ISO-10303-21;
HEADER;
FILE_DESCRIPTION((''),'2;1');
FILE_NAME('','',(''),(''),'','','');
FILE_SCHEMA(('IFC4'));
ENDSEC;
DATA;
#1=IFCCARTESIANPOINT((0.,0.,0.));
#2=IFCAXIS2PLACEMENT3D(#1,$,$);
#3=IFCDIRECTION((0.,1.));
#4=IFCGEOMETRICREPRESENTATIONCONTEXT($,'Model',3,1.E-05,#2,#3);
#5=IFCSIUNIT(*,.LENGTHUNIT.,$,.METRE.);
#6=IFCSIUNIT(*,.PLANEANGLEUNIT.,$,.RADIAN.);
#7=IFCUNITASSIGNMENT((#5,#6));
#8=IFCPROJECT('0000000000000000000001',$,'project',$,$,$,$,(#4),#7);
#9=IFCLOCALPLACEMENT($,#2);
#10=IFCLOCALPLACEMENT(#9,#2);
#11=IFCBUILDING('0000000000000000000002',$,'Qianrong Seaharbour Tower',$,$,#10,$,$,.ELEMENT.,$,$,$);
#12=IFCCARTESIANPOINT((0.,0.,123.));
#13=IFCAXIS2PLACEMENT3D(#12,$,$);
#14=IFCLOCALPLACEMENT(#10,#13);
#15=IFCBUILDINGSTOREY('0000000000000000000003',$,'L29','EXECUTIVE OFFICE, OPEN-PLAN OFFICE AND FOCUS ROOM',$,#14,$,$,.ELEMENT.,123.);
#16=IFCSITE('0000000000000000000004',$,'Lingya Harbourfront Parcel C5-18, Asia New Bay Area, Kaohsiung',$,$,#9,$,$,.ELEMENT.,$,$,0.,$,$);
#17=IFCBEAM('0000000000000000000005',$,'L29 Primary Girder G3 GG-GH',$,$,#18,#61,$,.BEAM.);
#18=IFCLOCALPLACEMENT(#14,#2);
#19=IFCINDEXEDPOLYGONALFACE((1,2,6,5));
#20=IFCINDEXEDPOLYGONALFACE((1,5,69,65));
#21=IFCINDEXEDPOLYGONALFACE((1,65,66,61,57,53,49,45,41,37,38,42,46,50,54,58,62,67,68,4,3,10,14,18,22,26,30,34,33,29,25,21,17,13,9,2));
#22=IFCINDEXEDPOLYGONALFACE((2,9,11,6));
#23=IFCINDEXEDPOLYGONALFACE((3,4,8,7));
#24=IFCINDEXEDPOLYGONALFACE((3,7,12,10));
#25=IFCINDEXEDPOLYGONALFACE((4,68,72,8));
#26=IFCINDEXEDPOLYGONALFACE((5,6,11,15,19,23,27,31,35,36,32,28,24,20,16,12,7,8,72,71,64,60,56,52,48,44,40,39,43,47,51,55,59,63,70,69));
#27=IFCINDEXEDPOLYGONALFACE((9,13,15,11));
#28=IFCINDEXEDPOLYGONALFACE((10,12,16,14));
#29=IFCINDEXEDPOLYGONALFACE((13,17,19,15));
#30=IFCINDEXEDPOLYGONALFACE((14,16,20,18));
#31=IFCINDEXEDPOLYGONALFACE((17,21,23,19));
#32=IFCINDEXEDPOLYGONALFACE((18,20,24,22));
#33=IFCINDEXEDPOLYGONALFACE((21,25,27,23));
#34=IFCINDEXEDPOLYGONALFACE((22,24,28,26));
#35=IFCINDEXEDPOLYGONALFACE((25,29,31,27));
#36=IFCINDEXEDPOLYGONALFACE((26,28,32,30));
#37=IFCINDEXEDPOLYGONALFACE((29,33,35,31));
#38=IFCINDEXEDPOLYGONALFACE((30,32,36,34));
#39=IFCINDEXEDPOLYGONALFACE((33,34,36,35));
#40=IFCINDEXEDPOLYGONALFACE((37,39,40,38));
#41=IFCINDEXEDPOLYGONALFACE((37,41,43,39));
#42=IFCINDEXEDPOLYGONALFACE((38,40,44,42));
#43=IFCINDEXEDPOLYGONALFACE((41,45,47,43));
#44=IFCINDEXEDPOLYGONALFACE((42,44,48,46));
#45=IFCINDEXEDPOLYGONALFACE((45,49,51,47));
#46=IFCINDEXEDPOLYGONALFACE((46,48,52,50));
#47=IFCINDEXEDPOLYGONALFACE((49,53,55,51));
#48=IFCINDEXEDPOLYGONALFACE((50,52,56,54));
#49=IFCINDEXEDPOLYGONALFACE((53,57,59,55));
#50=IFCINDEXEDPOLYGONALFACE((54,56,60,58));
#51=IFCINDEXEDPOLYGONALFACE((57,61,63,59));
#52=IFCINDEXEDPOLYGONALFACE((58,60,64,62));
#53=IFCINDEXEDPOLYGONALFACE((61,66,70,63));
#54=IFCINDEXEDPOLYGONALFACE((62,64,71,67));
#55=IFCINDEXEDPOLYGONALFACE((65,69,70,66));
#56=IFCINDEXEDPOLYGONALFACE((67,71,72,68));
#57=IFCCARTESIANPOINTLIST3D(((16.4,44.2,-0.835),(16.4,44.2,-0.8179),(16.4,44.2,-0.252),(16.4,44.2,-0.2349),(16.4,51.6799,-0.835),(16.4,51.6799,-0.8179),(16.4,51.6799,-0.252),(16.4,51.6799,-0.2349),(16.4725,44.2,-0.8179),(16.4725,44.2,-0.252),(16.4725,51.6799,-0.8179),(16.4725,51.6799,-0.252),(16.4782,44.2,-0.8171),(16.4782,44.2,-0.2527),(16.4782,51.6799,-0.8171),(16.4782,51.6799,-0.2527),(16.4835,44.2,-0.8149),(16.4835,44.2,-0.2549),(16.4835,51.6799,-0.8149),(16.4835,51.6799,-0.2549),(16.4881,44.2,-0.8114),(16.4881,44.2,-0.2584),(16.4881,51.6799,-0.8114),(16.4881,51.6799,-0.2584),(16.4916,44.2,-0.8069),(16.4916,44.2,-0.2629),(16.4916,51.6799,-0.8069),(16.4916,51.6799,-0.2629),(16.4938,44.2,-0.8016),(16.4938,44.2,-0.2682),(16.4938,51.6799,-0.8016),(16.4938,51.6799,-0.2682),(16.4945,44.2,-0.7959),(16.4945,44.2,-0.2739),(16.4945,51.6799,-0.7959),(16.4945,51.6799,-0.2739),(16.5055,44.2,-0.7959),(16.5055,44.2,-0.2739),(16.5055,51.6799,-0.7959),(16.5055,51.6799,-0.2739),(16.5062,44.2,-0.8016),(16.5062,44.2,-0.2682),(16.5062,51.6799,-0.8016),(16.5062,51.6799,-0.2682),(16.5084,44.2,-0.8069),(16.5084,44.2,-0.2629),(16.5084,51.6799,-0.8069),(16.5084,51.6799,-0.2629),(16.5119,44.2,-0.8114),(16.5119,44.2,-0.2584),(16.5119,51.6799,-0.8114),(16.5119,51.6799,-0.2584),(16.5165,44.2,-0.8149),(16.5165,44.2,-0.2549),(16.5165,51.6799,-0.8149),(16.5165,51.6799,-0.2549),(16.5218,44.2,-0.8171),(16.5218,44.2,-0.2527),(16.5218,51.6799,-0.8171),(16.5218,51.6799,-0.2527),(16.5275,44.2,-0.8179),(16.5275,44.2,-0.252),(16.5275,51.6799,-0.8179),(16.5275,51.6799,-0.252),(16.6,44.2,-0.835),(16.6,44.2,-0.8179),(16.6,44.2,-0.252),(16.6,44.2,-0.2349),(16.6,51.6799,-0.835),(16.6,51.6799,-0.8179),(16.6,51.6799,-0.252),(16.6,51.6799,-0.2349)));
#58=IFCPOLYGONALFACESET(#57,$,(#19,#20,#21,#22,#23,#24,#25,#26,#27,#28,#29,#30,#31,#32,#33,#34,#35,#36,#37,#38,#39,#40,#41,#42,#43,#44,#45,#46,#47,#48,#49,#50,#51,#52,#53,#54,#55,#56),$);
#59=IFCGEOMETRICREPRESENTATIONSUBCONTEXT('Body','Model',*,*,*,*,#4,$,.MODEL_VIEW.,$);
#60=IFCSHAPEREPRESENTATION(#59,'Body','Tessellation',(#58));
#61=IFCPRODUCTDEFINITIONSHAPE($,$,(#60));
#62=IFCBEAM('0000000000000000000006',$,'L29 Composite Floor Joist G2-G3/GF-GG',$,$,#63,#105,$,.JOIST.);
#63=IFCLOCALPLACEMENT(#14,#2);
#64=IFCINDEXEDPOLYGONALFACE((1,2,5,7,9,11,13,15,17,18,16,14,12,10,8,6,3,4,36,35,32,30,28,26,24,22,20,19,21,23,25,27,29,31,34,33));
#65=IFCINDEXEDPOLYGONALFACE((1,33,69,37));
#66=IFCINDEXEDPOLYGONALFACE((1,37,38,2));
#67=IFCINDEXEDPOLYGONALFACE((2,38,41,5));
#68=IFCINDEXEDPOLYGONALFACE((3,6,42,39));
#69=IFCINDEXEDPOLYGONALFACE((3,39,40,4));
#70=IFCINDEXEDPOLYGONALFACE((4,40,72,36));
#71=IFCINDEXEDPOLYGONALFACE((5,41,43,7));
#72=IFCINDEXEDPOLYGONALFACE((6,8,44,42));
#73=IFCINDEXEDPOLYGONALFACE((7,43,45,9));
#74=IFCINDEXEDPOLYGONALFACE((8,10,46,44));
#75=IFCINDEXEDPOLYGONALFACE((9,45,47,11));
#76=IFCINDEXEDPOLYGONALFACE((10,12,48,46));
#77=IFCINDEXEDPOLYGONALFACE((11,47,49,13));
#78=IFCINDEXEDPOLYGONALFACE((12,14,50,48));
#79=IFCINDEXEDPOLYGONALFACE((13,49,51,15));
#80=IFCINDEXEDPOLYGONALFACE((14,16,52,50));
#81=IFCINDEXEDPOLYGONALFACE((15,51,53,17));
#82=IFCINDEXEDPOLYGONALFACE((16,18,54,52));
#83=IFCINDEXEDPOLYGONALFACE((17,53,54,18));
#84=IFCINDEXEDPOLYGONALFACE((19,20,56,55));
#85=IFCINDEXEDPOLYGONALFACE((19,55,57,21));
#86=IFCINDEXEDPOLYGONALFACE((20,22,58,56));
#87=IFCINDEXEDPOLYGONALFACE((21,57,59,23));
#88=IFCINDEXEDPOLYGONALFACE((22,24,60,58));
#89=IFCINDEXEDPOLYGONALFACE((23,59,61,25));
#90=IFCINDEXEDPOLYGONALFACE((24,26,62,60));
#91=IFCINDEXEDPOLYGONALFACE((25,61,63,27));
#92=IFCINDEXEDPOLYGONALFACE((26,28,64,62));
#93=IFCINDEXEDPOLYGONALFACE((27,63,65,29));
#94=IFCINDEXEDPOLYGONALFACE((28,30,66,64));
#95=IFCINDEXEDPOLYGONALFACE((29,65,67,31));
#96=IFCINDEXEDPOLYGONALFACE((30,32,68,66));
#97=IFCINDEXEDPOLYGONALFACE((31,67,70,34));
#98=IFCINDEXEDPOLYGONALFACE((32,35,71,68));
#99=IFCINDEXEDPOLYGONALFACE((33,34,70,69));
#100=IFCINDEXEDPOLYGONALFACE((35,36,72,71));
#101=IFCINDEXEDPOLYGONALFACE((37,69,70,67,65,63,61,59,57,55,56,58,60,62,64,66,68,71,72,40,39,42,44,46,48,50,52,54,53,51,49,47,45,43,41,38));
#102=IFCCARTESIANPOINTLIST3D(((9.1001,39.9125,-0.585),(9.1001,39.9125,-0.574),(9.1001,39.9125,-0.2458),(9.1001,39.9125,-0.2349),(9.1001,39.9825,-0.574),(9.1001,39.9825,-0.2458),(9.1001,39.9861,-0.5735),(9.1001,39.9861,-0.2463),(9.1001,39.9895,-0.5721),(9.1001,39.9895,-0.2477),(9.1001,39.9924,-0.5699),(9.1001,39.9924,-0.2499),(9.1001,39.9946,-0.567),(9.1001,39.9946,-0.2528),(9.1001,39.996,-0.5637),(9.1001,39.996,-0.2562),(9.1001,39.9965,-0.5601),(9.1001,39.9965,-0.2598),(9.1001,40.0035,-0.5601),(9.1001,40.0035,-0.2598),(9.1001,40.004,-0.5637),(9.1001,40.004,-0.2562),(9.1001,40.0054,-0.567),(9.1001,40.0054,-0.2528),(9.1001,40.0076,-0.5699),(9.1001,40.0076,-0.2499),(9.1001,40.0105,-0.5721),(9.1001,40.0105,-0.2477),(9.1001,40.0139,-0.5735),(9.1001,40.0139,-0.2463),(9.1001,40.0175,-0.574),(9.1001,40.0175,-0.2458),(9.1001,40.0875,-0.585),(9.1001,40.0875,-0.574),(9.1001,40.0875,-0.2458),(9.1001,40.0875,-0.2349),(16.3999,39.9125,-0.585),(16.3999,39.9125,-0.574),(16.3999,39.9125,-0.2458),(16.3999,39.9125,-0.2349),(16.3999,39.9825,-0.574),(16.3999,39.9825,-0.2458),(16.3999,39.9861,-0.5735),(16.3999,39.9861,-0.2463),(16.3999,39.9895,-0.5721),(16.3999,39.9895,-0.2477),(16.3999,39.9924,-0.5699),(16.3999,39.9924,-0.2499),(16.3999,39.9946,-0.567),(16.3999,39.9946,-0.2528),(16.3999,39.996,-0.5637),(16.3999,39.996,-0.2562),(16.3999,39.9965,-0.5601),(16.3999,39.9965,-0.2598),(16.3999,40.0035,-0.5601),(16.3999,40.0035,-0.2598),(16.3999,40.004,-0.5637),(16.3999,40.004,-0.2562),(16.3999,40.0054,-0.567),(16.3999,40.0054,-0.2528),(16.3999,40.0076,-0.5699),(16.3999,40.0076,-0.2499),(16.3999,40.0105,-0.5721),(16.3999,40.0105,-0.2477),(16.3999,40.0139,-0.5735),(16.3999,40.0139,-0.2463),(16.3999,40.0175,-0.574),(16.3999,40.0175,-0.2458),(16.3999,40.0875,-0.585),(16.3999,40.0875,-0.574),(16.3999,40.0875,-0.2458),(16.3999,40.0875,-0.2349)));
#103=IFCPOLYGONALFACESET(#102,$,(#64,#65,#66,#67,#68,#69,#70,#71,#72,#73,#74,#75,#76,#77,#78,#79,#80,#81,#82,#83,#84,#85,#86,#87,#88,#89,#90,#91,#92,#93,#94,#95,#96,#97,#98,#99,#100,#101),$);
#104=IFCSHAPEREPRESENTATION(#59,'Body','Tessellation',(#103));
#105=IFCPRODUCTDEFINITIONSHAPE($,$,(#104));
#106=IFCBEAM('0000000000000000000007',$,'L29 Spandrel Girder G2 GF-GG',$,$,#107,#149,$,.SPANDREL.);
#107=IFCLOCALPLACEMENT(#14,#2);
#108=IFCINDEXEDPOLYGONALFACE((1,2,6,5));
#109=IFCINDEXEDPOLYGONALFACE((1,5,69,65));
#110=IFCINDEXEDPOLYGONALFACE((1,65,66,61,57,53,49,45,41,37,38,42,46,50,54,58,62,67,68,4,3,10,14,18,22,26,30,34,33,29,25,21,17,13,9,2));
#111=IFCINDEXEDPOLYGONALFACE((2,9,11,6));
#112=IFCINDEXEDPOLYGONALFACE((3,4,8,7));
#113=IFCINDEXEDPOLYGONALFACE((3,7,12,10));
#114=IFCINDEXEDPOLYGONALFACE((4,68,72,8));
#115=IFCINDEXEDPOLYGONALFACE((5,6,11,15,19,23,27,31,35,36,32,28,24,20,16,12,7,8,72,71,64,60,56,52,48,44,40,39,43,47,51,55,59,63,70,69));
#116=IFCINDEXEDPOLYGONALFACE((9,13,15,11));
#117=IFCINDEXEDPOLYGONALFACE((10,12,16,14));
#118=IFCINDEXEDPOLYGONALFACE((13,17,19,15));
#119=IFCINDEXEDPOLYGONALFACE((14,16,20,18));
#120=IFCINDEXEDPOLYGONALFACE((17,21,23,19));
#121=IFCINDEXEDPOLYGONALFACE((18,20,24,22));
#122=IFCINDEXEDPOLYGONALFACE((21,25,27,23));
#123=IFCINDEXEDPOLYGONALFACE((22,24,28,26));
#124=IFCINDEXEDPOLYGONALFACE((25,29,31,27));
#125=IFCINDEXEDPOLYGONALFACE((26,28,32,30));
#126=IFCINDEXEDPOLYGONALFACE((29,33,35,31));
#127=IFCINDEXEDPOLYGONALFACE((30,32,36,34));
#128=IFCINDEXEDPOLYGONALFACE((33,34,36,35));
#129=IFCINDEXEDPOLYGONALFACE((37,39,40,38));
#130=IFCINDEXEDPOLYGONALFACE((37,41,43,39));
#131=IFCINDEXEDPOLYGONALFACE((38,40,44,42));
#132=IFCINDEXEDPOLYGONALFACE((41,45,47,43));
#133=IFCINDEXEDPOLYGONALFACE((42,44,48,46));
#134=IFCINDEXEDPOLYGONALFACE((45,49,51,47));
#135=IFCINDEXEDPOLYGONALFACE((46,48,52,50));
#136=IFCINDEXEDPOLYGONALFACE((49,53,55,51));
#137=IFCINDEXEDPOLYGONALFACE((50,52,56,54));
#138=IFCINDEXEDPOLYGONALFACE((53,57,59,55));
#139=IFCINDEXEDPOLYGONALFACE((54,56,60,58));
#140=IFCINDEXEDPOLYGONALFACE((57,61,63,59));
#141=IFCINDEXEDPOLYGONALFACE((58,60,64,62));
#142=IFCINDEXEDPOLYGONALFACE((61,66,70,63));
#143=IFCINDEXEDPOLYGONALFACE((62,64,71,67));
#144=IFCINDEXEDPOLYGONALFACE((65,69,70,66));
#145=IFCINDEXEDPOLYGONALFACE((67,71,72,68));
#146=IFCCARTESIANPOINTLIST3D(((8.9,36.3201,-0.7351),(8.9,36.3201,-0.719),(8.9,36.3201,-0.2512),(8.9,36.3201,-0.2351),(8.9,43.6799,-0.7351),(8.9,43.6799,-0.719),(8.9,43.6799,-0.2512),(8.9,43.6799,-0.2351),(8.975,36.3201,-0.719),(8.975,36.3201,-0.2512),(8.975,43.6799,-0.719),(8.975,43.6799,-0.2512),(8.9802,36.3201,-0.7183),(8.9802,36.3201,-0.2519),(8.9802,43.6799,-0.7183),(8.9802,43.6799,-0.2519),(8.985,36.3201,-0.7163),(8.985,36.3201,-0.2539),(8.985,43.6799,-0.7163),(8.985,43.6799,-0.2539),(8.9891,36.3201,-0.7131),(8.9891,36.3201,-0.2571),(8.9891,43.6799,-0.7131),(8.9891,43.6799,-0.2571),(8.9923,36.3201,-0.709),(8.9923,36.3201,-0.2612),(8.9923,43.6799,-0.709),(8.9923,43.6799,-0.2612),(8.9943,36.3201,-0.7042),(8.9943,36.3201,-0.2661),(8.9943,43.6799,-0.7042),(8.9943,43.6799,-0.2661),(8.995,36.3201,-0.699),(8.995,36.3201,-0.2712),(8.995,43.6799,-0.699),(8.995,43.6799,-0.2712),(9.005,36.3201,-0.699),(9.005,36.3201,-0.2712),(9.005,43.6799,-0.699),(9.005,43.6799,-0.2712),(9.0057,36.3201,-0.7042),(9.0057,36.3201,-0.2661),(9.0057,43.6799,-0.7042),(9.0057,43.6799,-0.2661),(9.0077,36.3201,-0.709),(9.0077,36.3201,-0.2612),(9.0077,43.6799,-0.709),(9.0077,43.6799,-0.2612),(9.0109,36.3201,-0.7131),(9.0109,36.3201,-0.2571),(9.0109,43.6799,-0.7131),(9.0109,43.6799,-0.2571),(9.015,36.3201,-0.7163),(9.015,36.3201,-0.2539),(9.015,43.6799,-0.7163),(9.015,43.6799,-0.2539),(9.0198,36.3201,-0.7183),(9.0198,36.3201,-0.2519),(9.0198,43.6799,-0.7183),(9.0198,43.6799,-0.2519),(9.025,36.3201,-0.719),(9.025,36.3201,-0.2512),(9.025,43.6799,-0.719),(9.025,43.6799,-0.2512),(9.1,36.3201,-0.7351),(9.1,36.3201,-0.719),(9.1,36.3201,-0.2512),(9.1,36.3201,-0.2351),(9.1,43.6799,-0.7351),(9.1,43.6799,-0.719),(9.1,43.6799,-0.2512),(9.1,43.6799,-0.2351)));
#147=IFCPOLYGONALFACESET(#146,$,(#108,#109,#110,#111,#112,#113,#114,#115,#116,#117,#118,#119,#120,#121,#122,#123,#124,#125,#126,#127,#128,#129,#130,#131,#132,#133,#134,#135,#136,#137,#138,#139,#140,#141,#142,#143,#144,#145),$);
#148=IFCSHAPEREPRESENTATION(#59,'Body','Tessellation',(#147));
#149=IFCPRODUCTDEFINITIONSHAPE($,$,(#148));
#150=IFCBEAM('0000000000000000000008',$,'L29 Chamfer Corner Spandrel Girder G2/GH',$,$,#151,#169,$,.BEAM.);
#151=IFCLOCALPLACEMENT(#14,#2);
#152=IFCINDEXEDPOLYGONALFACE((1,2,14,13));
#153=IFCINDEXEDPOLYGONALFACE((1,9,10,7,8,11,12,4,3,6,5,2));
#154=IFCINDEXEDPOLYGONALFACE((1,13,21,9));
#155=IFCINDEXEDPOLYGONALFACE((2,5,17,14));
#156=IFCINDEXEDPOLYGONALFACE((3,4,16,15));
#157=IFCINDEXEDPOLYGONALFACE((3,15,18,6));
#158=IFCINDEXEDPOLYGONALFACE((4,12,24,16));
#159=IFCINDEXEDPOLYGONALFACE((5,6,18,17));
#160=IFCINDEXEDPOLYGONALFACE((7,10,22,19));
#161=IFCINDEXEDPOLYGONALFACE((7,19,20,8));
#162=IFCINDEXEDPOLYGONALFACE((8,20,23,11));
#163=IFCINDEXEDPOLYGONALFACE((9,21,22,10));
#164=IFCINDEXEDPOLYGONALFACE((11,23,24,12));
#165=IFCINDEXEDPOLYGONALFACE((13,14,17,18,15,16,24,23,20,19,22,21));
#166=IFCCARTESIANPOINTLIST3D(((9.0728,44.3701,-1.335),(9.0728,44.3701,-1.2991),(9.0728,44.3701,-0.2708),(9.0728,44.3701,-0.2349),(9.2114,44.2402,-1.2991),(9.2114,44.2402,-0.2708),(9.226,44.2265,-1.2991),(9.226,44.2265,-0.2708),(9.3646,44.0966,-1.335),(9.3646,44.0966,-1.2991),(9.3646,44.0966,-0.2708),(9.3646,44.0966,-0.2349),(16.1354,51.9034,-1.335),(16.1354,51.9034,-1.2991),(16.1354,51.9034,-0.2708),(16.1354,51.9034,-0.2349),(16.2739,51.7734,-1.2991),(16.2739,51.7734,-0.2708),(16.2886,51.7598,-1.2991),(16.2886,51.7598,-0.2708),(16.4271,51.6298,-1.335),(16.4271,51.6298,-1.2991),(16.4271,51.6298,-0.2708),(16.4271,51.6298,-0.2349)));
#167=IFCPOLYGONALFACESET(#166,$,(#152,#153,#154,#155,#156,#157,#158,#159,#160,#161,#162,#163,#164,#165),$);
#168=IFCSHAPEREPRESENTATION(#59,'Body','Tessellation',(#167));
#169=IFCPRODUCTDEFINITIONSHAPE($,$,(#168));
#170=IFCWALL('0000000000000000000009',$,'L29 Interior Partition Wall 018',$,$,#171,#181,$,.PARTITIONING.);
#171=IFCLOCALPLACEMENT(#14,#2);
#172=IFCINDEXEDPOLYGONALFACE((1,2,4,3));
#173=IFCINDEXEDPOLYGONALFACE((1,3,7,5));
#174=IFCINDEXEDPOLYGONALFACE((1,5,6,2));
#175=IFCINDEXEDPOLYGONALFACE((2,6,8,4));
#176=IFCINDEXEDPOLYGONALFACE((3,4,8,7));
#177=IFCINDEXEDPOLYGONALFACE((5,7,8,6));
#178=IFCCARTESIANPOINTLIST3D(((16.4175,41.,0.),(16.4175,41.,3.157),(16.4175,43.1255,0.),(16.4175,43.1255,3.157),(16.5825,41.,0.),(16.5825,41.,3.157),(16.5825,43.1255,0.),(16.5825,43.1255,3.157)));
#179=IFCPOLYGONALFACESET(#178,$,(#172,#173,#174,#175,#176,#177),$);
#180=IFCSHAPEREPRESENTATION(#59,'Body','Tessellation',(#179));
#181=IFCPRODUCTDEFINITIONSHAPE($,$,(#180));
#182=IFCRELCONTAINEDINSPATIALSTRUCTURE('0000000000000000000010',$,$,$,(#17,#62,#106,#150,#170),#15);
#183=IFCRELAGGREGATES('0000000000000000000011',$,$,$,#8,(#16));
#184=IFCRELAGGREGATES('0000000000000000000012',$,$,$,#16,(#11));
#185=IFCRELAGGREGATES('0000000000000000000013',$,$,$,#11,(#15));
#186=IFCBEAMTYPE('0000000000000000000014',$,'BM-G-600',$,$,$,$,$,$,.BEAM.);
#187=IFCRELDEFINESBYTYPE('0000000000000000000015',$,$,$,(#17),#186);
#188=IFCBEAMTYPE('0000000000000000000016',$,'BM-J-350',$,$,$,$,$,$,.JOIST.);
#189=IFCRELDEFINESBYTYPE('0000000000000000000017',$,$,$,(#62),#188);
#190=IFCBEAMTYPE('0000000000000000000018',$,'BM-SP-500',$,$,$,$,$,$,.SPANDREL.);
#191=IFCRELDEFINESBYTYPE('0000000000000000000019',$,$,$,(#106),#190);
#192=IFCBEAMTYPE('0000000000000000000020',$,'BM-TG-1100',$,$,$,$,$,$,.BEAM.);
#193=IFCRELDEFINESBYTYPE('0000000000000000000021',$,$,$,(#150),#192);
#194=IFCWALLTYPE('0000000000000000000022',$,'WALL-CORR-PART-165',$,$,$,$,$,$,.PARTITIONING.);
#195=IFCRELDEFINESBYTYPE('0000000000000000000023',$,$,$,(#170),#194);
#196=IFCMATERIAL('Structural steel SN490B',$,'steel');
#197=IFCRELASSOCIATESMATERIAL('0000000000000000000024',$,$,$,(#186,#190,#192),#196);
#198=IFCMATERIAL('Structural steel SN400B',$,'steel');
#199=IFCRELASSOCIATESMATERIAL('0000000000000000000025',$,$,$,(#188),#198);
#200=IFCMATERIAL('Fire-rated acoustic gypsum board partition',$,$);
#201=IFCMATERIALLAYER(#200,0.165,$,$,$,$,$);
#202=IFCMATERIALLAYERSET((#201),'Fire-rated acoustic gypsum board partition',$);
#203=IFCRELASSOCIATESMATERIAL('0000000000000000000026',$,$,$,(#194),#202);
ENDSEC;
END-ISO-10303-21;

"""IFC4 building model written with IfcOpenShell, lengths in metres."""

from ifc_helpers import new_model, si_unit, direction, frame, frame_2d, origin, origin_2d, place, context, subcontext, project, spatial, rectangle, i_section, extrude, material, layer, layer_set, material_profile, profile_set, type_object, element, save


model = new_model("IFC4")

# Units and contexts
model_context = context("Model", 3, precision=1e-05, world=origin(), true_north=direction((0.0, 1.0)))
body_context = subcontext(model_context, "Body", "Model", "MODEL_VIEW")
ifc_project = project(units=[si_unit("LENGTHUNIT", "METRE"), si_unit("PLANEANGLEUNIT", "RADIAN")], contexts=[model_context])

# Site, building, storey
site_placement = place(None, origin())
site = spatial("IfcSite", under=ifc_project, at=site_placement, Name="Lingya Harbourfront Parcel C5-18, Asia New Bay Area, Kaohsiung", CompositionType="ELEMENT", RefElevation=0.0)
building_placement = place(site_placement, origin())
building = spatial("IfcBuilding", under=site, at=building_placement, Name="Qianrong Seaharbour Tower", CompositionType="ELEMENT")
storey_placement = place(building_placement, frame((0.0, 0.0, 123.0)))
storey = spatial("IfcBuildingStorey", under=building, at=storey_placement, Name="L29", Description="EXECUTIVE OFFICE, OPEN-PLAN OFFICE AND FOCUS ROOM", CompositionType="ELEMENT", Elevation=123.0)

# Shared definitions
ifc_material_1 = material(Name="Structural steel SN490B", Category="steel")

# Beams
ifc_material_profile_1 = material_profile(ifc_material_1, i_section(OverallWidth=0.2, OverallDepth=0.6001, WebThickness=0.011, FlangeThickness=0.0171, FilletRadius=0.022, at=origin_2d()), Name="H600x200x11x17")
ifc_profile_set_1 = profile_set([ifc_material_profile_1], Name="Structural steel SN490B")
beam_type_1 = type_object("IfcBeamType", Name="BM-G-600", PredefinedType="BEAM", material=ifc_profile_set_1)
beam_1_placement = place(storey_placement, frame((16.5, 44.2, -0.5349), z_axis=(0.0, 1.0, 0.0), x_axis=(-1.0, 0.0, 0.0)))
element("IfcBeam", 1, at=beam_1_placement, inside=storey, type_object=beam_type_1, Name="L29 Primary Girder G3 GG-GH", PredefinedType="BEAM", context=body_context, shape_type="SweptSolid", body=[
    extrude(i_section(OverallWidth=0.2, OverallDepth=0.6001, WebThickness=0.011, FlangeThickness=0.0171, FilletRadius=0.022, at=origin_2d()), origin(), (0.0, 0.0, 1.0), 7.48),
])
ifc_material_2 = material(Name="Structural steel SN400B", Category="steel")
ifc_material_profile_2 = material_profile(ifc_material_2, i_section(OverallWidth=0.175, OverallDepth=0.3501, WebThickness=0.0071, FlangeThickness=0.011, FilletRadius=0.0139, at=origin_2d()), Name="H350x175x7x11")
ifc_profile_set_2 = profile_set([ifc_material_profile_2], Name="Structural steel SN400B")
beam_type_2 = type_object("IfcBeamType", Name="BM-J-350", PredefinedType="JOIST", material=ifc_profile_set_2)
beam_2_placement = place(storey_placement, frame((9.1001, 40.0, -0.4099), z_axis=(1.0, 0.0, 0.0), x_axis=(0.0, 1.0, 0.0)))
element("IfcBeam", 2, at=beam_2_placement, inside=storey, type_object=beam_type_2, Name="L29 Composite Floor Joist G2-G3/GF-GG", PredefinedType="JOIST", context=body_context, shape_type="SweptSolid", body=[
    extrude(i_section(OverallWidth=0.175, OverallDepth=0.3501, WebThickness=0.0071, FlangeThickness=0.011, FilletRadius=0.0139, at=origin_2d()), origin(), (0.0, 0.0, 1.0), 7.2998),
])
ifc_material_profile_3 = material_profile(ifc_material_1, i_section(OverallWidth=0.2, OverallDepth=0.5, WebThickness=0.01, FlangeThickness=0.0161, FilletRadius=0.02, at=origin_2d()), Name="H500x200x10x16")
ifc_profile_set_3 = profile_set([ifc_material_profile_3], Name="Structural steel SN490B")
beam_type_3 = type_object("IfcBeamType", Name="BM-SP-500", PredefinedType="SPANDREL", material=ifc_profile_set_3)
beam_3_placement = place(storey_placement, frame((9.0, 36.3201, -0.4851), z_axis=(0.0, 1.0, 0.0), x_axis=(-1.0, 0.0, 0.0)))
element("IfcBeam", 3, at=beam_3_placement, inside=storey, type_object=beam_type_3, Name="L29 Spandrel Girder G2 GF-GG", PredefinedType="SPANDREL", context=body_context, shape_type="SweptSolid", body=[
    extrude(i_section(OverallWidth=0.2, OverallDepth=0.5, WebThickness=0.01, FlangeThickness=0.0161, FilletRadius=0.02, at=origin_2d()), origin(), (0.0, 0.0, 1.0), 7.3599),
])
ifc_material_profile_4 = material_profile(ifc_material_1, i_section(OverallWidth=0.3999, OverallDepth=1.1001, WebThickness=0.02, FlangeThickness=0.0359, at=origin_2d()), Name="BH1100x400x20x36")
ifc_profile_set_4 = profile_set([ifc_material_profile_4], Name="Structural steel SN490B")
beam_type_4 = type_object("IfcBeamType", Name="BM-TG-1100", PredefinedType="BEAM", material=ifc_profile_set_4)
beam_4_placement = place(storey_placement, frame((16.2812, 51.7666, -0.7849), z_axis=(-0.683947, -0.729531, 0.0), x_axis=(0.729531, -0.683947, 0.0)))
element("IfcBeam", 4, at=beam_4_placement, inside=storey, type_object=beam_type_4, Name="L29 Chamfer Corner Spandrel Girder G2/GH", PredefinedType="BEAM", context=body_context, shape_type="SweptSolid", body=[
    extrude(i_section(OverallWidth=0.3999, OverallDepth=1.1001, WebThickness=0.02, FlangeThickness=0.0359, at=origin_2d()), origin(), (0.0, 0.0, 1.0), 10.3262),
])

# Wall
ifc_material_3 = material(Name="Fire-rated acoustic gypsum board partition")
ifc_layer_1 = layer(ifc_material_3, 0.165)
ifc_layer_set_1 = layer_set([ifc_layer_1], Name="Fire-rated acoustic gypsum board partition")
wall_type_1 = type_object("IfcWallType", Name="WALL-CORR-PART-165", PredefinedType="PARTITIONING", material=ifc_layer_set_1)
wall_1_placement = place(storey_placement, frame((16.5, 41.0, 0.0), z_axis=(0.0, 0.0, 1.0), x_axis=(0.0, 1.0, 0.0)))
element("IfcWall", 5, at=wall_1_placement, inside=storey, type_object=wall_type_1, Name="L29 Interior Partition Wall 018", PredefinedType="PARTITIONING", context=body_context, shape_type="SweptSolid", body=[
    extrude(rectangle(XDim=2.1255, YDim=0.165, at=frame_2d((1.0627, 0.0))), origin(), (0.0, 0.0, 1.0), 3.157),
])

save(model, "model.ifc")
